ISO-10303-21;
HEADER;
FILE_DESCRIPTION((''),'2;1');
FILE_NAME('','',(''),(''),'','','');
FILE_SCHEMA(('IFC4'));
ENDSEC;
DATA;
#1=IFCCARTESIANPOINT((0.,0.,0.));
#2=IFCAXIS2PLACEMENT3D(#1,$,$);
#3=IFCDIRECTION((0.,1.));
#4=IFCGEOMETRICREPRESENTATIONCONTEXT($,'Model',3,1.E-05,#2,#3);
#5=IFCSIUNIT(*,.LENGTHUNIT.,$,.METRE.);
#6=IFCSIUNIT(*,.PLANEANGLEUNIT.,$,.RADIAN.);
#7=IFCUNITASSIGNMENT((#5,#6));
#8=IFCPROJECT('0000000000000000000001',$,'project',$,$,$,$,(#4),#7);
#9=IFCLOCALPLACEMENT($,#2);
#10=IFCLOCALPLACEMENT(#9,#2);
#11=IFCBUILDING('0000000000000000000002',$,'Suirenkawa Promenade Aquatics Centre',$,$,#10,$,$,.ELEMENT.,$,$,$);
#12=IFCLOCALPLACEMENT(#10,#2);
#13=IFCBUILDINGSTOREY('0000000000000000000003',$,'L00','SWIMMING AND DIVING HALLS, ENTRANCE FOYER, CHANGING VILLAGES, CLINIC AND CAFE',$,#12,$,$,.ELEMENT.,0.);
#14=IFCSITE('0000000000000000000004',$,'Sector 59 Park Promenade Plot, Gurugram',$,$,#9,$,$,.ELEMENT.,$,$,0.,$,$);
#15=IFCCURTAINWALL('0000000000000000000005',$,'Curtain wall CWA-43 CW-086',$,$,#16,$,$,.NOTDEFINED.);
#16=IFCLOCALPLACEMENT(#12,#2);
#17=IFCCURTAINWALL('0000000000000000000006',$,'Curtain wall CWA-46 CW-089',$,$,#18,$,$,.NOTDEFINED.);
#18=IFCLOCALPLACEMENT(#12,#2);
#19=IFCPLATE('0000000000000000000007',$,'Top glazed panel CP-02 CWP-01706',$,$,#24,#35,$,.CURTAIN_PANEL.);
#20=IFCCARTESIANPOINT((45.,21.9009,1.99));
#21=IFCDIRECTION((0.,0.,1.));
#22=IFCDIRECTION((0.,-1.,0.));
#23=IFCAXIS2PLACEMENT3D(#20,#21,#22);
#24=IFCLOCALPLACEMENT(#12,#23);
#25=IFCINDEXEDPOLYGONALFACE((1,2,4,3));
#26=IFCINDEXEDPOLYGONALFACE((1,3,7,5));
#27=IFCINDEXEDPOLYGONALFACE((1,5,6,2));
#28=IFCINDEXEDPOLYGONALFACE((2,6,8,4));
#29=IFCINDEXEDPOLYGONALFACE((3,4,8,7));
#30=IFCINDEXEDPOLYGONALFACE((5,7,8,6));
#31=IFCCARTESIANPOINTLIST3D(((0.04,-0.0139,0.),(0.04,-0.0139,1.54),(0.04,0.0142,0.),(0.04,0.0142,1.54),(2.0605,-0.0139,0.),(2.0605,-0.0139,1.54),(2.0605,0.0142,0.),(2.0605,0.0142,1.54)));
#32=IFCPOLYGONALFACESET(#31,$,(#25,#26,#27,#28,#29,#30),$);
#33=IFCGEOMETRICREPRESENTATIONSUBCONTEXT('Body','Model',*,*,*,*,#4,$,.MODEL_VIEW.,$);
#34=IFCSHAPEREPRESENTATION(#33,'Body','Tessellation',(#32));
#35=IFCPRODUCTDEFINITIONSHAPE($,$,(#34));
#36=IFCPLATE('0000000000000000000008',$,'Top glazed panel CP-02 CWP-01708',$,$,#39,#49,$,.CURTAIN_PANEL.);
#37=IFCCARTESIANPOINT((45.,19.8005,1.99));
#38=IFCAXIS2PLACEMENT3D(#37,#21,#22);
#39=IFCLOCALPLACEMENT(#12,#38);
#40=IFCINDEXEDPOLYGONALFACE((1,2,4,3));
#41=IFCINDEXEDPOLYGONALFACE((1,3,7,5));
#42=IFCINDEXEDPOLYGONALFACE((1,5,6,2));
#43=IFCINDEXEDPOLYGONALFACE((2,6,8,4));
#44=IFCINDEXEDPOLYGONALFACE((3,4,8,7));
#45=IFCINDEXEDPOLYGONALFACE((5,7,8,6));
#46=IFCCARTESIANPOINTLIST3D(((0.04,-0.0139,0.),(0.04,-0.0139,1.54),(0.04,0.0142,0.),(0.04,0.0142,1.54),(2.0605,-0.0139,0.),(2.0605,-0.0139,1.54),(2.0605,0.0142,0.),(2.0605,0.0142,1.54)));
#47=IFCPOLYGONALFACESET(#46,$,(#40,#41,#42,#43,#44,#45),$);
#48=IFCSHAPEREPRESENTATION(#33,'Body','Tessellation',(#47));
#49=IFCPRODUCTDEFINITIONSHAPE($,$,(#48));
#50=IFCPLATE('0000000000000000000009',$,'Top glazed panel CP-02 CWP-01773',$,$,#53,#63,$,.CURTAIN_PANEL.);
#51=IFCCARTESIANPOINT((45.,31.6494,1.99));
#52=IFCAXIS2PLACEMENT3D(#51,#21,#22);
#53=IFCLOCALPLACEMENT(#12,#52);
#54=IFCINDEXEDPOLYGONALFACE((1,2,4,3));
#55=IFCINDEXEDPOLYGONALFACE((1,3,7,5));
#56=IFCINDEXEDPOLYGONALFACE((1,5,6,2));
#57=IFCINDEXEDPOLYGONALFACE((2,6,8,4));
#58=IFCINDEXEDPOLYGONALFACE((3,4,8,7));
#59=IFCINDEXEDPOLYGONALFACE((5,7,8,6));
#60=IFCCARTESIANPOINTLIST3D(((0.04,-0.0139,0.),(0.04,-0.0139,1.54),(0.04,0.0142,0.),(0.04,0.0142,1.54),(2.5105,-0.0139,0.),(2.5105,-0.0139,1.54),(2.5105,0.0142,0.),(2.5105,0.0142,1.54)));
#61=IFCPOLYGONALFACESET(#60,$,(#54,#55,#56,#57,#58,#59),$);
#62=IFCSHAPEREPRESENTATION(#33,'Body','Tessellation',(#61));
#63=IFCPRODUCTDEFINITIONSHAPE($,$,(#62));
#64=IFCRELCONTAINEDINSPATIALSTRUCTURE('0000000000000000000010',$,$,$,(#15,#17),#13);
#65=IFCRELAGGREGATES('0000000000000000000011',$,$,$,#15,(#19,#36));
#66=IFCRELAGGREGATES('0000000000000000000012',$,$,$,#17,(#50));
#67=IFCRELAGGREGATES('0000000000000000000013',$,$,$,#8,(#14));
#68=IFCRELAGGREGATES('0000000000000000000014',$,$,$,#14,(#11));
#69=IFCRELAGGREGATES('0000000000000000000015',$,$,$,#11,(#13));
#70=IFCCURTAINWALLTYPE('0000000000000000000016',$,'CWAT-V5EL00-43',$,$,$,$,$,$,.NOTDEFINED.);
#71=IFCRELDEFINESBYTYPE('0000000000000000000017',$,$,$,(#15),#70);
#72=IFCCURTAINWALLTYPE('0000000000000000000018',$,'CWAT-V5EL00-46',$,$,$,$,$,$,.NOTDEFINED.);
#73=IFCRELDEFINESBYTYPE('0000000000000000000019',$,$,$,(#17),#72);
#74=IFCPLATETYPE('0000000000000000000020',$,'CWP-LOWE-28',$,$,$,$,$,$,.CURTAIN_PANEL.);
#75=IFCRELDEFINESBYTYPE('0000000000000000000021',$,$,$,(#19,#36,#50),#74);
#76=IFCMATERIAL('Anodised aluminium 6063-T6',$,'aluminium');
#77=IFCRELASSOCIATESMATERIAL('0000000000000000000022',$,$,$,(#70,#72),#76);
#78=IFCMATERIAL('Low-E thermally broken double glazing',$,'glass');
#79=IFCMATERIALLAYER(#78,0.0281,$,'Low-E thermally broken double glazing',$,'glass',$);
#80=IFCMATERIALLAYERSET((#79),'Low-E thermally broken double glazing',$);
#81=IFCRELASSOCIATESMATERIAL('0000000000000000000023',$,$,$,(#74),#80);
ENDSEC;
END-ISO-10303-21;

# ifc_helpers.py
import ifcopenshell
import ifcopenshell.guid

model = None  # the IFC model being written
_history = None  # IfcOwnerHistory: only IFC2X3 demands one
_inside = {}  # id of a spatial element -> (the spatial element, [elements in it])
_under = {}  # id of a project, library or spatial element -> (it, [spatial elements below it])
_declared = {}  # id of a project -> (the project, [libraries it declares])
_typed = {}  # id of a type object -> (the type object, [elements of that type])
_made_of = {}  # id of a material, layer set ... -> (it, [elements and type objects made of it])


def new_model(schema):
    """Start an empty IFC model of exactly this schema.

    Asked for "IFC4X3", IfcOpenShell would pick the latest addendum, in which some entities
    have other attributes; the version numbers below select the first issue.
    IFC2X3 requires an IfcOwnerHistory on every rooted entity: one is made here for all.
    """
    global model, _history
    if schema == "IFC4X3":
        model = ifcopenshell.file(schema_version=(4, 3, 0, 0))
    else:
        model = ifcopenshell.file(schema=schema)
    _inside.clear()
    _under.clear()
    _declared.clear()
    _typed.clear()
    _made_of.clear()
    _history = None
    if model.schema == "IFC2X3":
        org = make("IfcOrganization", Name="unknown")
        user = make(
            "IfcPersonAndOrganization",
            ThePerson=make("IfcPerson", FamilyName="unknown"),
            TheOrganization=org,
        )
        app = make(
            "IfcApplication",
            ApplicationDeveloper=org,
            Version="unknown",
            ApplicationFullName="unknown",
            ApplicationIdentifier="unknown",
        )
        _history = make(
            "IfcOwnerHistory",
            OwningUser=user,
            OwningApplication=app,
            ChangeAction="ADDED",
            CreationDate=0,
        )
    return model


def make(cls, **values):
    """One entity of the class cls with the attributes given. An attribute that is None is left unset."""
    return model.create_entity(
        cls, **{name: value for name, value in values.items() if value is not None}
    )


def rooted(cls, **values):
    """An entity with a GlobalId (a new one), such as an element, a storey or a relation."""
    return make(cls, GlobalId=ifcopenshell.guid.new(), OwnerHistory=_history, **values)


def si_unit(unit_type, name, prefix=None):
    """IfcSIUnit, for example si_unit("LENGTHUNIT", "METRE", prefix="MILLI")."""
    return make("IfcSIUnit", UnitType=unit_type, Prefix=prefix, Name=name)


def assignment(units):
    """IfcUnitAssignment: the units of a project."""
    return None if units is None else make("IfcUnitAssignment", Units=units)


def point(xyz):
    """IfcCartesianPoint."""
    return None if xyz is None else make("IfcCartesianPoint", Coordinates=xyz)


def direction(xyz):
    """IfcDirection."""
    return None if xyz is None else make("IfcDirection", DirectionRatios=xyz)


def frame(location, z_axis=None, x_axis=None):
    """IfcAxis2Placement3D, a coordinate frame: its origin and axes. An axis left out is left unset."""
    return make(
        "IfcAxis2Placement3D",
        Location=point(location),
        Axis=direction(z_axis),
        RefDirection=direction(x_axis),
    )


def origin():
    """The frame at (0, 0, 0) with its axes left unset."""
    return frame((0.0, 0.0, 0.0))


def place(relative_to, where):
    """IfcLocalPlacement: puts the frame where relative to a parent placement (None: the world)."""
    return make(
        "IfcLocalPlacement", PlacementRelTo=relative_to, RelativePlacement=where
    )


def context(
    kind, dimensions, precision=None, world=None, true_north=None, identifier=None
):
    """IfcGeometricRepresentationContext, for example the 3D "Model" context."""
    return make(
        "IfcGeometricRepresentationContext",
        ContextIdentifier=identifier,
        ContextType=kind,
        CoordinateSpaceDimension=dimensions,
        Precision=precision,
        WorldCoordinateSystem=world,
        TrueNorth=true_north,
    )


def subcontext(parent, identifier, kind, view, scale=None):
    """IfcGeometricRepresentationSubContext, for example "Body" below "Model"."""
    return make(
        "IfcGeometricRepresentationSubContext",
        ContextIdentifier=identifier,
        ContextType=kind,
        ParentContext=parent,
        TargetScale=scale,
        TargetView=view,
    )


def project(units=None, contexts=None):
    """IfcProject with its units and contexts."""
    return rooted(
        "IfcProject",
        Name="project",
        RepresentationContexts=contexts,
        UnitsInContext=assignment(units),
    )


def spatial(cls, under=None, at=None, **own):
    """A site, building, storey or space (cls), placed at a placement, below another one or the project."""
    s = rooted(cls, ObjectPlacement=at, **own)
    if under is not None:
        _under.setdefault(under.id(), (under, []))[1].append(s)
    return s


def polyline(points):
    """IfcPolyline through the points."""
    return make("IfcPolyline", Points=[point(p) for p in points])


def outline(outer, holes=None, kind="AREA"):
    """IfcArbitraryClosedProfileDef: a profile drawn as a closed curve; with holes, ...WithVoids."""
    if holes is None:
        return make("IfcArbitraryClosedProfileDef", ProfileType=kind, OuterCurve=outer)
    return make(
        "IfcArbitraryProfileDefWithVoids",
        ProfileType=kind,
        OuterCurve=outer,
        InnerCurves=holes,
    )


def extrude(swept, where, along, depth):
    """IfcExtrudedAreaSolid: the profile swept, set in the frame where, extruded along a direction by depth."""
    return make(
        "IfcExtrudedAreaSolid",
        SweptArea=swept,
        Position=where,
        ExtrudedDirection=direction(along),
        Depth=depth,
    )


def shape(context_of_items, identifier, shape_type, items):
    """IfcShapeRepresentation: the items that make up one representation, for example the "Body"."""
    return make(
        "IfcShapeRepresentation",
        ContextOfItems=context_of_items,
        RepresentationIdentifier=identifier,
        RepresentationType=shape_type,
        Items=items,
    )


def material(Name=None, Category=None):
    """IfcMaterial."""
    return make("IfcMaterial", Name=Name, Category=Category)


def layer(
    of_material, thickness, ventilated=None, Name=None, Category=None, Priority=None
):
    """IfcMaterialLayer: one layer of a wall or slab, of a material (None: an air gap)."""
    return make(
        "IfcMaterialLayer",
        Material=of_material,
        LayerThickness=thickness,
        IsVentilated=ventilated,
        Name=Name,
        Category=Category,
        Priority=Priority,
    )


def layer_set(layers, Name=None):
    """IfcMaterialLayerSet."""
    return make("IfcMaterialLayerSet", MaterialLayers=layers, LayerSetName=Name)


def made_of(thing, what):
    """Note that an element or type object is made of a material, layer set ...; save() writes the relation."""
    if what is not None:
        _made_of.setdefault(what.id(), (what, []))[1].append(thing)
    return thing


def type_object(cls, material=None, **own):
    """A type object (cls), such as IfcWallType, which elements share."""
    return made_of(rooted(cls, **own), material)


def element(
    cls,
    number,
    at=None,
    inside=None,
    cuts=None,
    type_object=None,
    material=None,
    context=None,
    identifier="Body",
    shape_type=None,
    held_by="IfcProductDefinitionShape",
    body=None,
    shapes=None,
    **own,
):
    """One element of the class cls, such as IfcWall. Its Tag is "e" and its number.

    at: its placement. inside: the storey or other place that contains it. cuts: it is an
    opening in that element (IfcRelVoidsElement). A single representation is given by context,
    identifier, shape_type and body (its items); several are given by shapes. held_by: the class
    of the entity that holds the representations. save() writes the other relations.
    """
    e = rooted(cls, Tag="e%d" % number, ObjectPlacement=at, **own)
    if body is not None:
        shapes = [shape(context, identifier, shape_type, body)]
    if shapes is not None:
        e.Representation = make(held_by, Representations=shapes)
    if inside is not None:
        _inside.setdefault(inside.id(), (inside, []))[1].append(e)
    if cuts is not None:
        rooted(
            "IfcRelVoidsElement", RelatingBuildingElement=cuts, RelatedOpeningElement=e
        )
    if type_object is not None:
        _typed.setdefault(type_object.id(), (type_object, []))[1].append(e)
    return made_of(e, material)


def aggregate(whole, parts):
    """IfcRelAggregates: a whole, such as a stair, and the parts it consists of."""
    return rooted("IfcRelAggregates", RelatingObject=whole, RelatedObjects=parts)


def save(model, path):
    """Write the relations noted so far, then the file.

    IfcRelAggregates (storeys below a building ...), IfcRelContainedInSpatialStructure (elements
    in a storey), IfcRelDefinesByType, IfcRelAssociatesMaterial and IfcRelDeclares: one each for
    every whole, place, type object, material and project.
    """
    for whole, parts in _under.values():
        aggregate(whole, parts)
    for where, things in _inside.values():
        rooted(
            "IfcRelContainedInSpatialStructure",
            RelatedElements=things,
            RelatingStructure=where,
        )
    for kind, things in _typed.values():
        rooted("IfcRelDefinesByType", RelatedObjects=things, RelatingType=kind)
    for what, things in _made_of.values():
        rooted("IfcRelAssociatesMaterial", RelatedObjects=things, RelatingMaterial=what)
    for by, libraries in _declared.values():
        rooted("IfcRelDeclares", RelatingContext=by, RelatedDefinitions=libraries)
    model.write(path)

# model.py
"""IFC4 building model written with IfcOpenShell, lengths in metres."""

from ifc_helpers import new_model, si_unit, direction, frame, origin, place, context, subcontext, project, spatial, polyline, outline, extrude, material, layer, layer_set, type_object, element, aggregate, save


model = new_model("IFC4")

# Units and contexts
model_context = context("Model", 3, precision=1e-05, world=origin(), true_north=direction((0.0, 1.0)))
body_context = subcontext(model_context, "Body", "Model", "MODEL_VIEW")
ifc_project = project(units=[si_unit("LENGTHUNIT", "METRE"), si_unit("PLANEANGLEUNIT", "RADIAN")], contexts=[model_context])

# Site, building, storey
site_placement = place(None, origin())
site = spatial("IfcSite", under=ifc_project, at=site_placement, Name="Sector 59 Park Promenade Plot, Gurugram", CompositionType="ELEMENT", RefElevation=0.0)
building_placement = place(site_placement, origin())
building = spatial("IfcBuilding", under=site, at=building_placement, Name="Suirenkawa Promenade Aquatics Centre", CompositionType="ELEMENT")
storey_placement = place(building_placement, origin())
storey = spatial("IfcBuildingStorey", under=building, at=storey_placement, Name="L00", Description="SWIMMING AND DIVING HALLS, ENTRANCE FOYER, CHANGING VILLAGES, CLINIC AND CAFE", CompositionType="ELEMENT", Elevation=0.0)

# Curtain wall
ifc_material_1 = material(Name="Anodised aluminium 6063-T6", Category="aluminium")
curtain_wall_type_1 = type_object("IfcCurtainWallType", Name="CWAT-V5EL00-43", PredefinedType="NOTDEFINED", material=ifc_material_1)
curtain_wall_1_placement = place(storey_placement, origin())
curtain_wall_1 = element("IfcCurtainWall", 1, at=curtain_wall_1_placement, inside=storey, type_object=curtain_wall_type_1, Name="Curtain wall CWA-43 CW-086", PredefinedType="NOTDEFINED")

# Curtain wall
curtain_wall_type_2 = type_object("IfcCurtainWallType", Name="CWAT-V5EL00-46", PredefinedType="NOTDEFINED", material=ifc_material_1)
curtain_wall_2_placement = place(storey_placement, origin())
curtain_wall_2 = element("IfcCurtainWall", 2, at=curtain_wall_2_placement, inside=storey, type_object=curtain_wall_type_2, Name="Curtain wall CWA-46 CW-089", PredefinedType="NOTDEFINED")

# Plates
ifc_material_2 = material(Name="Low-E thermally broken double glazing", Category="glass")
ifc_layer_1 = layer(ifc_material_2, 0.0281, Name="Low-E thermally broken double glazing", Category="glass")
ifc_layer_set_1 = layer_set([ifc_layer_1], Name="Low-E thermally broken double glazing")
plate_type = type_object("IfcPlateType", Name="CWP-LOWE-28", PredefinedType="CURTAIN_PANEL", material=ifc_layer_set_1)
plate_1_placement = place(storey_placement, frame((45.0, 21.9009, 1.99), z_axis=(0.0, 0.0, 1.0), x_axis=(0.0, -1.0, 0.0)))
plate_1 = element("IfcPlate", 3, at=plate_1_placement, type_object=plate_type, Name="Top glazed panel CP-02 CWP-01706", PredefinedType="CURTAIN_PANEL", context=body_context, shape_type="SweptSolid", body=[
    extrude(outline(polyline([(0.04, 0.0), (2.0605, 0.0), (2.0605, 1.54), (0.04, 1.54), (0.04, 0.0)])), frame((0.0, 0.0142, 0.0), z_axis=(0.0, -1.0, 0.0), x_axis=(1.0, 0.0, 0.0)), (0.0, 0.0, 1.0), 0.0281),
])
plate_2_placement = place(storey_placement, frame((45.0, 19.8005, 1.99), z_axis=(0.0, 0.0, 1.0), x_axis=(0.0, -1.0, 0.0)))
plate_2 = element("IfcPlate", 4, at=plate_2_placement, type_object=plate_type, Name="Top glazed panel CP-02 CWP-01708", PredefinedType="CURTAIN_PANEL", context=body_context, shape_type="SweptSolid", body=[
    extrude(outline(polyline([(0.04, 0.0), (2.0605, 0.0), (2.0605, 1.54), (0.04, 1.54), (0.04, 0.0)])), frame((0.0, 0.0142, 0.0), z_axis=(0.0, -1.0, 0.0), x_axis=(1.0, 0.0, 0.0)), (0.0, 0.0, 1.0), 0.0281),
])
aggregate(curtain_wall_1, [plate_1, plate_2])
plate_3_placement = place(storey_placement, frame((45.0, 31.6494, 1.99), z_axis=(0.0, 0.0, 1.0), x_axis=(0.0, -1.0, 0.0)))
plate_3 = element("IfcPlate", 5, at=plate_3_placement, type_object=plate_type, Name="Top glazed panel CP-02 CWP-01773", PredefinedType="CURTAIN_PANEL", context=body_context, shape_type="SweptSolid", body=[
    extrude(outline(polyline([(0.04, 0.0), (2.5105, 0.0), (2.5105, 1.54), (0.04, 1.54), (0.04, 0.0)])), frame((0.0, 0.0142, 0.0), z_axis=(0.0, -1.0, 0.0), x_axis=(1.0, 0.0, 0.0)), (0.0, 0.0, 1.0), 0.0281),
])
aggregate(curtain_wall_2, [plate_3])

save(model, "model.ifc")
